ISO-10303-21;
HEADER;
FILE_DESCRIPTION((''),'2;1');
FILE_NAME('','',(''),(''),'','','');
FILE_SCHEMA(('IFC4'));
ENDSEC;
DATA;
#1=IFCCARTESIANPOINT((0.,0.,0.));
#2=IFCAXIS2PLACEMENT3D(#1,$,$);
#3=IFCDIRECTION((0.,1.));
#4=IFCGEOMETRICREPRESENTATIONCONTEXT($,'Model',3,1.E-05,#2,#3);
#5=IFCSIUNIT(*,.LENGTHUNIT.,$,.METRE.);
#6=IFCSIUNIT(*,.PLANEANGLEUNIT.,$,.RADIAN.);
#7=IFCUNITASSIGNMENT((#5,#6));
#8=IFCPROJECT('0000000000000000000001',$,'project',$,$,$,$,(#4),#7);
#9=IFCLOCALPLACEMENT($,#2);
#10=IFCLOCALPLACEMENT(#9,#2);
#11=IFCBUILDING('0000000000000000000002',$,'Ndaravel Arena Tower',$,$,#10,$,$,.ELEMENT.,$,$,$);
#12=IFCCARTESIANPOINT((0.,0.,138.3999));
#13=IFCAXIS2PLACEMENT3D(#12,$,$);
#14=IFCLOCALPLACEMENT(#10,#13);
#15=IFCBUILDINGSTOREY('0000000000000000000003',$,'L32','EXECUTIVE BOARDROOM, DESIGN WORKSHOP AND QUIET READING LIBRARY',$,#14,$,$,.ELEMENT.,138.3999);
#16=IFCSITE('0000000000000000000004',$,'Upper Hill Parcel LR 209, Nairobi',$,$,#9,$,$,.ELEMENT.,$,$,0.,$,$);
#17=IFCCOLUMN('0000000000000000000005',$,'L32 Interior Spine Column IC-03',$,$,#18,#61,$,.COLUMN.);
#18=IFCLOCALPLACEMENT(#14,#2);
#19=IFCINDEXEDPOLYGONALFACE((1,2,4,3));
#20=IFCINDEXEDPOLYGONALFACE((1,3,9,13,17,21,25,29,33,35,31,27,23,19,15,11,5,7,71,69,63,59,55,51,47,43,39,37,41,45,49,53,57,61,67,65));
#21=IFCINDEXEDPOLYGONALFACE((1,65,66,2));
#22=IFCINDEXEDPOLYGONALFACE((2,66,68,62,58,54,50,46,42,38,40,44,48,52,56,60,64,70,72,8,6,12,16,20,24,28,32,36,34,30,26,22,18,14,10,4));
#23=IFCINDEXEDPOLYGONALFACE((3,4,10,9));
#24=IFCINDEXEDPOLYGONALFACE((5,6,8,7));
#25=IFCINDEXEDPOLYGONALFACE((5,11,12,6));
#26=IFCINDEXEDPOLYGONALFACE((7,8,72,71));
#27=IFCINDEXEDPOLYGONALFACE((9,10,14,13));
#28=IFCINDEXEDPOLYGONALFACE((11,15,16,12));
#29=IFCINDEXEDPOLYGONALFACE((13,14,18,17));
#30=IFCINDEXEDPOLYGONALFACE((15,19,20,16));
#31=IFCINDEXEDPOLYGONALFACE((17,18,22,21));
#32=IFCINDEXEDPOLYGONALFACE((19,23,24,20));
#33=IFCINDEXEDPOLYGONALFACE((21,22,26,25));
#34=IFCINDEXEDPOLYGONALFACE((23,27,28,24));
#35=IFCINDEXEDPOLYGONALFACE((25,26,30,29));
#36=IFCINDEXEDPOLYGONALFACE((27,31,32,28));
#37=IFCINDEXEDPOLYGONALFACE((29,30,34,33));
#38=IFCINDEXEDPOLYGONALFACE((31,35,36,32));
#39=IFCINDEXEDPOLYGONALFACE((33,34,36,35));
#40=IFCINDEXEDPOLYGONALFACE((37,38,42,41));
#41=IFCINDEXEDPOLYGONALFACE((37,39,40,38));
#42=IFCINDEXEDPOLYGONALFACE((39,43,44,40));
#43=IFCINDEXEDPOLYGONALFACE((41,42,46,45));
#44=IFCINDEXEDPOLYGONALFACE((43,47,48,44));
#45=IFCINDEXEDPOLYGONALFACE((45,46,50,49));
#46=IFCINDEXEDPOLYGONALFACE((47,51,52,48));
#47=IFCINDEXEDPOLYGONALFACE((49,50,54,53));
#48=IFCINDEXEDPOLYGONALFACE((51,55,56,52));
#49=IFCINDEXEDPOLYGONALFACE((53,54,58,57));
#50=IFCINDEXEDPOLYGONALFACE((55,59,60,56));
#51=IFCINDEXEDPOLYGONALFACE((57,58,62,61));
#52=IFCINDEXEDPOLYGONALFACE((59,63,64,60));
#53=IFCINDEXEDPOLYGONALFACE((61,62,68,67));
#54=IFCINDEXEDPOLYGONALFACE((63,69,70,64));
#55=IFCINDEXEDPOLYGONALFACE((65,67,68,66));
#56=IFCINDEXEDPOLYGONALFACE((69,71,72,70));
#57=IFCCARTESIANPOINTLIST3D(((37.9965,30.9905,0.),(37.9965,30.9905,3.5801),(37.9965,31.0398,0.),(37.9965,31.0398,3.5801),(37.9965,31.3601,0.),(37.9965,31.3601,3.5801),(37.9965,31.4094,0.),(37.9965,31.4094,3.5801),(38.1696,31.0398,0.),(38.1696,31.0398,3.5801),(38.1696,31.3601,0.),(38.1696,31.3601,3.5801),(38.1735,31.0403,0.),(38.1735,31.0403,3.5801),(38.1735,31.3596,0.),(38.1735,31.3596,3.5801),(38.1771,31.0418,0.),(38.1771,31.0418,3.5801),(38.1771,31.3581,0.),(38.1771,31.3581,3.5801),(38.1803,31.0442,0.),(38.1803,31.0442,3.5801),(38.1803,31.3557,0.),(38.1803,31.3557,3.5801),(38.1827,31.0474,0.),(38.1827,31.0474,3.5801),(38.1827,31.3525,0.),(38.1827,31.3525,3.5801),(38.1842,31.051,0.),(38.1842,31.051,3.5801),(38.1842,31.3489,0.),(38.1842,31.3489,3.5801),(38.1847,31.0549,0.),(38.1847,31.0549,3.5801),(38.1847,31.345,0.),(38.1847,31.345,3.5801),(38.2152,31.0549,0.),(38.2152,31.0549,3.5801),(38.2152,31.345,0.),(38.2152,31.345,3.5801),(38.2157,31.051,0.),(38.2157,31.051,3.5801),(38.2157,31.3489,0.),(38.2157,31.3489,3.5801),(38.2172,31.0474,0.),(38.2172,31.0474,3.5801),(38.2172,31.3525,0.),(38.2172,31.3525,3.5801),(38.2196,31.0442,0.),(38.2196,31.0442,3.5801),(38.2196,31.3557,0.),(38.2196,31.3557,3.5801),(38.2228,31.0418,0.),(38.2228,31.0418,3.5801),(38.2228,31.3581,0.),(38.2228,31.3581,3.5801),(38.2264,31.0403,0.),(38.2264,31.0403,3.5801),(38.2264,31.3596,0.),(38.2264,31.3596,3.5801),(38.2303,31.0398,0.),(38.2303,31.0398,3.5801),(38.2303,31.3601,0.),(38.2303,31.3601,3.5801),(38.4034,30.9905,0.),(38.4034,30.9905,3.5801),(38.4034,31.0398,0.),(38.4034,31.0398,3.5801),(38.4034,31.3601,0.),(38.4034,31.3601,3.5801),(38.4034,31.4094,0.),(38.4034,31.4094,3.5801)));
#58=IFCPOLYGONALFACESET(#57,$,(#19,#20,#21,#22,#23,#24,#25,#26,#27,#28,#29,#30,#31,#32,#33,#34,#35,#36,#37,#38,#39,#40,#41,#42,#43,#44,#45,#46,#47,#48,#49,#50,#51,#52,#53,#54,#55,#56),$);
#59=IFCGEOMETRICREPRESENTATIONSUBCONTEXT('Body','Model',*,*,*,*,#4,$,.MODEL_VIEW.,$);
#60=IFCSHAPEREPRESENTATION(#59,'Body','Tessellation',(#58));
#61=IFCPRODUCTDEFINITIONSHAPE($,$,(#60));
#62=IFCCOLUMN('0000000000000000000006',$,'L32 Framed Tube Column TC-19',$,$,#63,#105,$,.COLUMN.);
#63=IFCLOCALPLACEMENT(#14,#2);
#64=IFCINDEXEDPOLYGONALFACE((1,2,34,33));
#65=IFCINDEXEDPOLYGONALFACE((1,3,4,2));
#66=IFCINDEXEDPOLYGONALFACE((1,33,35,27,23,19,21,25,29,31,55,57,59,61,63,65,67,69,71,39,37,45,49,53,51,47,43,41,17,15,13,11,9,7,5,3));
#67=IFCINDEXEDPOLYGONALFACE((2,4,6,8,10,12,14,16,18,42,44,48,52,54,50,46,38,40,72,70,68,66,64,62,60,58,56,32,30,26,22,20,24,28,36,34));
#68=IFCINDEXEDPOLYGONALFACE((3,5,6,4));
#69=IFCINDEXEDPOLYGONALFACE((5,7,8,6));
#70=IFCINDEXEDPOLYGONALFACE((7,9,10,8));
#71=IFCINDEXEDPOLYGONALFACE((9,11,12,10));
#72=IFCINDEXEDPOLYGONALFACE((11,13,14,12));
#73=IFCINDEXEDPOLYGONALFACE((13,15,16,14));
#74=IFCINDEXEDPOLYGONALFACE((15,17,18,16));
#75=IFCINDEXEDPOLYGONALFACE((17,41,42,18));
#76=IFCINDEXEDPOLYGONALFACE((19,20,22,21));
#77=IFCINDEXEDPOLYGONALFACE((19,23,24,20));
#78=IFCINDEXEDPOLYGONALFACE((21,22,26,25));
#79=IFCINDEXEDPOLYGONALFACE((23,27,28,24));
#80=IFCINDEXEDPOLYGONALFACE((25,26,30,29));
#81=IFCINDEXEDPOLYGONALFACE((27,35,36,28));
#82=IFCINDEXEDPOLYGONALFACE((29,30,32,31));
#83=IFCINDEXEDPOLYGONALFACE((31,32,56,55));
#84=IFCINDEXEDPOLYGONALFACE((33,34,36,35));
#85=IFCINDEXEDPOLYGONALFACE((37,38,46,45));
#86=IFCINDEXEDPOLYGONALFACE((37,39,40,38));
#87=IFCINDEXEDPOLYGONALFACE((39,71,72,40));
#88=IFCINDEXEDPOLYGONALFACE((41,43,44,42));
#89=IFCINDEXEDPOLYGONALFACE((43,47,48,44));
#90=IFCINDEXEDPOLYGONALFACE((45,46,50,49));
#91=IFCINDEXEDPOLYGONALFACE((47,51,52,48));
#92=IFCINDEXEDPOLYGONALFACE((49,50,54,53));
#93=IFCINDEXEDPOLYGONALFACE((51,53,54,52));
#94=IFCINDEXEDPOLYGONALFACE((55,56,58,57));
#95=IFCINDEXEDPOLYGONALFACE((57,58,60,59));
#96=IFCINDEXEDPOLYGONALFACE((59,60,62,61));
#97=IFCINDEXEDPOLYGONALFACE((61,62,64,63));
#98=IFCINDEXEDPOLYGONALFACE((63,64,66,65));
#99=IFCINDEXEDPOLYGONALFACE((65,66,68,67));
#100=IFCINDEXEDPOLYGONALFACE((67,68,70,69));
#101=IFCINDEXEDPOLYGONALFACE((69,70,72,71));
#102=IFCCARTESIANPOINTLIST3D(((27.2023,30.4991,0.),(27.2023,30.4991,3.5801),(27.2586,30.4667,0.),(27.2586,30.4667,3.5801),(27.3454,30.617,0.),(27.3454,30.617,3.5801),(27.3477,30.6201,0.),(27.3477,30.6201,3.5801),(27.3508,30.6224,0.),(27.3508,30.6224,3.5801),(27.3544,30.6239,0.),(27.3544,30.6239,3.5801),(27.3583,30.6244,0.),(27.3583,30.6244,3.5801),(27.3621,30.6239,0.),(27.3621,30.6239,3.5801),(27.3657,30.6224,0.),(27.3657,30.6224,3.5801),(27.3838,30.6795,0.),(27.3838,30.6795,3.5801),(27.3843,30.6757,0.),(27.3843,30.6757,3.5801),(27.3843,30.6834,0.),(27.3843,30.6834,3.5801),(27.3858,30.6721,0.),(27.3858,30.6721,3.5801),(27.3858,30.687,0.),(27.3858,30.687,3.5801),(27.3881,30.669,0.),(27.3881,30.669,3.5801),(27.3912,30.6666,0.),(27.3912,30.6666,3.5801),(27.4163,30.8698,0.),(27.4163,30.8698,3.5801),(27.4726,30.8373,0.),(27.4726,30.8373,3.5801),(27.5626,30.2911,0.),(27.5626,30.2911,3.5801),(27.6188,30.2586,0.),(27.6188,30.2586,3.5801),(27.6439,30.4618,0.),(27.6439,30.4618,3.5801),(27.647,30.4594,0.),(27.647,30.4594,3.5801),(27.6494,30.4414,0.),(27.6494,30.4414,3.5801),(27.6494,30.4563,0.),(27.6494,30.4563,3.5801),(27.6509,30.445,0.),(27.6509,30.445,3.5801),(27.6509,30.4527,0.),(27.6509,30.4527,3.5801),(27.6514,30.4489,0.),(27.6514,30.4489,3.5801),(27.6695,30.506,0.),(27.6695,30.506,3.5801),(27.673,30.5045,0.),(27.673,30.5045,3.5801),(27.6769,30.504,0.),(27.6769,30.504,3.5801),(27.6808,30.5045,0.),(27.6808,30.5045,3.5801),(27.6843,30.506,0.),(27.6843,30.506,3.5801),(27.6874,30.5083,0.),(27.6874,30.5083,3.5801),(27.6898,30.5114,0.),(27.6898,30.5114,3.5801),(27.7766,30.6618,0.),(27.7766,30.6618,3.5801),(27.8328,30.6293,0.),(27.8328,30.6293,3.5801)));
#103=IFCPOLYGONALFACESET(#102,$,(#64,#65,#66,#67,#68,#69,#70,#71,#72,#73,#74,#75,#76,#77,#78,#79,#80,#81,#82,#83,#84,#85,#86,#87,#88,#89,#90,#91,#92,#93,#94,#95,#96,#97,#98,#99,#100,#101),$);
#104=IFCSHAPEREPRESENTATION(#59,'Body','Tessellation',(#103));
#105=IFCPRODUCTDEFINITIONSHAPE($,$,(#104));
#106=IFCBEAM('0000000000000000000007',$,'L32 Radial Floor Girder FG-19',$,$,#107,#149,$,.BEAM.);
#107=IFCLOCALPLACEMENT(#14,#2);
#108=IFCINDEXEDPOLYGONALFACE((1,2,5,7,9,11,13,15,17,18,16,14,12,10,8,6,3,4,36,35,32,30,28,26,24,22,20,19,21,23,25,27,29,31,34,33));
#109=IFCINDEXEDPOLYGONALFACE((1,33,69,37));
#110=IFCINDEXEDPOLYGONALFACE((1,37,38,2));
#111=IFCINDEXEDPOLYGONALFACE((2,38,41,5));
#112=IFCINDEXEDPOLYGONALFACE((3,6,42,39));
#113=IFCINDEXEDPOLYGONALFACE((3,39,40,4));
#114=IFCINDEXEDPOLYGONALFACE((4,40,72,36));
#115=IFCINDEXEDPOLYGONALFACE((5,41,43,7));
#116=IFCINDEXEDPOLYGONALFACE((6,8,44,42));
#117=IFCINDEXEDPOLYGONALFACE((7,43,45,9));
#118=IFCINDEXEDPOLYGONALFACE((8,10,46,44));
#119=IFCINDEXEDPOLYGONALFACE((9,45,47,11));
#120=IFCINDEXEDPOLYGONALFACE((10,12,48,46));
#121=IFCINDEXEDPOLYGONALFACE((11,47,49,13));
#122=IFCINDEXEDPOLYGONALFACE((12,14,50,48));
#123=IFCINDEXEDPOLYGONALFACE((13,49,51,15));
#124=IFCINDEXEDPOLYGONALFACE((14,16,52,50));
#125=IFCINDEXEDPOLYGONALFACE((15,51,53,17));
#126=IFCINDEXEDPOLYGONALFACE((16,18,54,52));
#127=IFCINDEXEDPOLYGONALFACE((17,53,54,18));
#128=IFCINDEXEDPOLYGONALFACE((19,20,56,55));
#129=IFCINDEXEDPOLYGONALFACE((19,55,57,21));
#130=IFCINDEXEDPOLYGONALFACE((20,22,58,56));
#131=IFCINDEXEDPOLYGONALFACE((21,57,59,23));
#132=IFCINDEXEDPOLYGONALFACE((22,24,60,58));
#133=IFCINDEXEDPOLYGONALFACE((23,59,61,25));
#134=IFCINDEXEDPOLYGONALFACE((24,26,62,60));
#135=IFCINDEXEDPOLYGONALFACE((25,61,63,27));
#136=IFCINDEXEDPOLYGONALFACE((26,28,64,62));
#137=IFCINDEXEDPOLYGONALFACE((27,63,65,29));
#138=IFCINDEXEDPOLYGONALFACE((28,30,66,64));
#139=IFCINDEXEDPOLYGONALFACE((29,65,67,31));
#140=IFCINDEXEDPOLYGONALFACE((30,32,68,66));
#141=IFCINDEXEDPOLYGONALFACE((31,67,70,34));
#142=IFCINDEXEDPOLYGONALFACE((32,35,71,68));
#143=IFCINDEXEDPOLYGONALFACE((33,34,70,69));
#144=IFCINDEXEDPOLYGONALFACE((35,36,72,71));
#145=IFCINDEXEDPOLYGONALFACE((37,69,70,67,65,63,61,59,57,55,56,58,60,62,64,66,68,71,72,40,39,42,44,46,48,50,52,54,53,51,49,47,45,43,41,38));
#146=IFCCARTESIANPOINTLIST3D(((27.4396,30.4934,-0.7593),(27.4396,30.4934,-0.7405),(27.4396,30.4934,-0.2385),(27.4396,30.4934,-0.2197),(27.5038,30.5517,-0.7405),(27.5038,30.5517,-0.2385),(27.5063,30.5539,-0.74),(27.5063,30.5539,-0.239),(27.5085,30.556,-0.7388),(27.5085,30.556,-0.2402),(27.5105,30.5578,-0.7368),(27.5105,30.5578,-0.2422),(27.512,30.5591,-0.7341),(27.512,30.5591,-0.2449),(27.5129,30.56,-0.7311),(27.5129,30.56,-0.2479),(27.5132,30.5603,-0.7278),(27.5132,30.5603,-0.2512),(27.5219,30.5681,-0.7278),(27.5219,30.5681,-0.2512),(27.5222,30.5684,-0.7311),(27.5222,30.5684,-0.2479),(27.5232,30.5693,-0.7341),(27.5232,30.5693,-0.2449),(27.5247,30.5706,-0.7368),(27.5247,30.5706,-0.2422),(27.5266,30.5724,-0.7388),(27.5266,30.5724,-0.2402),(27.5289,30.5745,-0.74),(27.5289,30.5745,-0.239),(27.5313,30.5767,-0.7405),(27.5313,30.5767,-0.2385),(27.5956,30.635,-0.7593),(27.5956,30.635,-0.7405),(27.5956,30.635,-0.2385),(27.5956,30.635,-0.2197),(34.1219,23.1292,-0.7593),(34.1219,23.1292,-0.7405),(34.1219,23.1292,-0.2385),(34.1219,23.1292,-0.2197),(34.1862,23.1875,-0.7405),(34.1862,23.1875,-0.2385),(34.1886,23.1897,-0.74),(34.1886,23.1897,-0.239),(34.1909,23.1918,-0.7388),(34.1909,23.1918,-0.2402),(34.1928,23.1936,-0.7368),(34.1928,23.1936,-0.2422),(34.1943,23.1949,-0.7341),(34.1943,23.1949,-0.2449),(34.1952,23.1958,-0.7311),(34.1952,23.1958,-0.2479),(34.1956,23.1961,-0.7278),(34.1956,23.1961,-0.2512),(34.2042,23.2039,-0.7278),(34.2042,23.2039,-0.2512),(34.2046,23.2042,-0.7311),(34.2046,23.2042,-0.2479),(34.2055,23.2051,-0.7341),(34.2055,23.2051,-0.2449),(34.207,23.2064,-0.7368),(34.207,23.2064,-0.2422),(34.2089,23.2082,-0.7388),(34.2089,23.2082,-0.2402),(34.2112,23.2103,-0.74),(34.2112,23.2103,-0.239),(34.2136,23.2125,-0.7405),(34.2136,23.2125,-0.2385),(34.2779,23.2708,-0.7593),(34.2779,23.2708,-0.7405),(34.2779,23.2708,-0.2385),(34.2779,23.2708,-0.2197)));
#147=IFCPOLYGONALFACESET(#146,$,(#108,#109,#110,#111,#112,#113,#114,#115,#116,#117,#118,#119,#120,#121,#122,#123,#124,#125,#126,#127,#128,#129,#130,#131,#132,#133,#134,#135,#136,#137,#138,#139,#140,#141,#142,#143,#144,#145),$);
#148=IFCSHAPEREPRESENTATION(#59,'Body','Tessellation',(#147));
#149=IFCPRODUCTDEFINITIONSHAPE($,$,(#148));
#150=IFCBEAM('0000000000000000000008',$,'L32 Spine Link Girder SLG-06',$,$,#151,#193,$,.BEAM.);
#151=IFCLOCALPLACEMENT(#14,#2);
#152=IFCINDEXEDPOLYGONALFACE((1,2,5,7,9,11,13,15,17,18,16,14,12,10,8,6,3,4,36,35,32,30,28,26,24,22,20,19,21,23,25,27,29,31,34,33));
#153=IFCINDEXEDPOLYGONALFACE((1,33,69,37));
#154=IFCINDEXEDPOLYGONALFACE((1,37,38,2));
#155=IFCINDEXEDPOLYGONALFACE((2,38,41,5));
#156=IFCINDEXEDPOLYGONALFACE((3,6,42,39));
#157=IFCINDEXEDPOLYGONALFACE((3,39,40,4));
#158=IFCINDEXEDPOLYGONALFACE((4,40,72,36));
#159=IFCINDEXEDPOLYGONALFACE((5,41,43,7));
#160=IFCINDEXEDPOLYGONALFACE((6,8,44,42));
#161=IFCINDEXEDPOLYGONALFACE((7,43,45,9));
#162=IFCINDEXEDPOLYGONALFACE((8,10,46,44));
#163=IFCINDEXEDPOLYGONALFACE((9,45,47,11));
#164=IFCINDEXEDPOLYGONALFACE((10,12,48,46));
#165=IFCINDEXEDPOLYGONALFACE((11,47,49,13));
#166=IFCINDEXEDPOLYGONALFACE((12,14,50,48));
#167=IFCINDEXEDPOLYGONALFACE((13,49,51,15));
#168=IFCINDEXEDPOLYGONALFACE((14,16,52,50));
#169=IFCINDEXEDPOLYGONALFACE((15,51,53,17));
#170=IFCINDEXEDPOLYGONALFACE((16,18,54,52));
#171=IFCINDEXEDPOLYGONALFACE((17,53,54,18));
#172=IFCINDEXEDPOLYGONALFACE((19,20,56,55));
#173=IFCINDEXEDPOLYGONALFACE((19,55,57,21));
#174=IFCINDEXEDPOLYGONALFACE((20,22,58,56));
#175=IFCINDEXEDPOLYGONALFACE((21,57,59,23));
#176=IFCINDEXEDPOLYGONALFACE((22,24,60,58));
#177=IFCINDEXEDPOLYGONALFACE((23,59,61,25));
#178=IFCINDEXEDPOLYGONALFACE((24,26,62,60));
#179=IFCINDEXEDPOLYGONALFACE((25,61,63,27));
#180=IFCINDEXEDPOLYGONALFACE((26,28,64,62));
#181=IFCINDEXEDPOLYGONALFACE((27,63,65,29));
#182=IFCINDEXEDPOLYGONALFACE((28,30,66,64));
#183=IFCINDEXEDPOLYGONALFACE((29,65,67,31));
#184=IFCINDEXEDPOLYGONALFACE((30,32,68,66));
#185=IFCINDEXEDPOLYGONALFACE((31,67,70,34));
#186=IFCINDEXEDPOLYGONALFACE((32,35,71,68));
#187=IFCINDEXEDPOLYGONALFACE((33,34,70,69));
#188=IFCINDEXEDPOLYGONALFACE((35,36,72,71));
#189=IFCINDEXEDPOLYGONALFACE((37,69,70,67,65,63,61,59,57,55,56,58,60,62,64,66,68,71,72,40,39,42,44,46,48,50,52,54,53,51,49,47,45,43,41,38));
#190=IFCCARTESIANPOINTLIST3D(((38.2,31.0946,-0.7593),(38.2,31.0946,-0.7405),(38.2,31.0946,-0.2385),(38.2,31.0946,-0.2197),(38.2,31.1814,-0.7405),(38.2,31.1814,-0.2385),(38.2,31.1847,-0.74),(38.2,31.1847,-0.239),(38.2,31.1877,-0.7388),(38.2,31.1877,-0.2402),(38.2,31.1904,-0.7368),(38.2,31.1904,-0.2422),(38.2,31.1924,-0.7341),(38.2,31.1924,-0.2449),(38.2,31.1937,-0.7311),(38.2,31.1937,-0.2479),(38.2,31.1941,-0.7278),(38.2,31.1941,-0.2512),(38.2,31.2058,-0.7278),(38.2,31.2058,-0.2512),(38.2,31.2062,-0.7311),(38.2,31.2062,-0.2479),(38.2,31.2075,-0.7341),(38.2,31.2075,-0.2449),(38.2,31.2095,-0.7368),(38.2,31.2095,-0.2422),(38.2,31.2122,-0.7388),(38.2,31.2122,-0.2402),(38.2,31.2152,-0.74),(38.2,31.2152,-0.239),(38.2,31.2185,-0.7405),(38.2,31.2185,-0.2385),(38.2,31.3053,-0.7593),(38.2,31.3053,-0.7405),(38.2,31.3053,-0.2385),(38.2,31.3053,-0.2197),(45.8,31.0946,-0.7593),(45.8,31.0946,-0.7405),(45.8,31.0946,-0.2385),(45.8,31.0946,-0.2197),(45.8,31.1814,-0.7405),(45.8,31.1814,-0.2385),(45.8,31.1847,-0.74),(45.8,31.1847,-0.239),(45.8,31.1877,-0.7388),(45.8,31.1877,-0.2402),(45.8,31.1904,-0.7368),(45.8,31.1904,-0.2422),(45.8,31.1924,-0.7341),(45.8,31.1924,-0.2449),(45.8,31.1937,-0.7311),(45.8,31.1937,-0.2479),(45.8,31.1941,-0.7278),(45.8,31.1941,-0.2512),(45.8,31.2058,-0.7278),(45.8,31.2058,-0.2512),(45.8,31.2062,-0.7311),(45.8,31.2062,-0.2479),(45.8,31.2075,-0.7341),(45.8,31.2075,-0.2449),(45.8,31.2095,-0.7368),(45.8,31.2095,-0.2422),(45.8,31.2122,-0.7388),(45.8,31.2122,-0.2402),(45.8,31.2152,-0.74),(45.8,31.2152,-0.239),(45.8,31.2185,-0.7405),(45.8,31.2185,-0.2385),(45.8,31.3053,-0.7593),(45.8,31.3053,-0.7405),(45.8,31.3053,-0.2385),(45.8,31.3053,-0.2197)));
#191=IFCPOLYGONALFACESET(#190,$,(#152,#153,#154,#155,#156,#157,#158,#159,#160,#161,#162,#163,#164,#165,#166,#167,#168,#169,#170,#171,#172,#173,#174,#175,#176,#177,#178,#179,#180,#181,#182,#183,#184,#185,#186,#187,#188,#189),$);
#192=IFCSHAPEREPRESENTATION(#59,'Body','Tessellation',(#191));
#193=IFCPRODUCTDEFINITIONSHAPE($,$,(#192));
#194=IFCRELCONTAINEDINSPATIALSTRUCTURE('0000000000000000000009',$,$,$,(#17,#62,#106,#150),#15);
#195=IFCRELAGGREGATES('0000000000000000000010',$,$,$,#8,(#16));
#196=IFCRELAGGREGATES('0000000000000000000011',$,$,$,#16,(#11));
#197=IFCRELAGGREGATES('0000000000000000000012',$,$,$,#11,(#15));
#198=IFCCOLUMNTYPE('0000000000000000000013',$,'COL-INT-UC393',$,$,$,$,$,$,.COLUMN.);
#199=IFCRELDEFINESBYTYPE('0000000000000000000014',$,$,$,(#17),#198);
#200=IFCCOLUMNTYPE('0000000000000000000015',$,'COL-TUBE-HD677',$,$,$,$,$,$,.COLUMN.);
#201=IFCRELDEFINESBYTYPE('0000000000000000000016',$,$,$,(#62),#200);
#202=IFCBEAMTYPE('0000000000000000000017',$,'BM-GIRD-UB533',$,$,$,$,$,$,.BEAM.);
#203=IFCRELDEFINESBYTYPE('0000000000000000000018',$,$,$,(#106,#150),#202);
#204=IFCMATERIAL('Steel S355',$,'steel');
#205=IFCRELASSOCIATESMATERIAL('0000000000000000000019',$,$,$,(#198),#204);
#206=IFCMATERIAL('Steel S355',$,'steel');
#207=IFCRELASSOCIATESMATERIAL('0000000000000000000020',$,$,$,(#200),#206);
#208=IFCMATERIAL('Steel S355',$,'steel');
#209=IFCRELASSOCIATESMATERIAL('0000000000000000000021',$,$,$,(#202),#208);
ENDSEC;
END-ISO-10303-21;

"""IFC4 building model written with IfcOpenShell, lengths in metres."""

from ifc_helpers import new_model, si_unit, direction, frame, origin, origin_2d, place, context, subcontext, project, spatial, i_section, extrude, material, material_profile, profile_set, type_object, element, save


model = new_model("IFC4")

# Units and contexts
model_context = context("Model", 3, precision=1e-05, world=origin(), true_north=direction((0.0, 1.0)))
body_context = subcontext(model_context, "Body", "Model", "MODEL_VIEW")
ifc_project = project(units=[si_unit("LENGTHUNIT", "METRE"), si_unit("PLANEANGLEUNIT", "RADIAN")], contexts=[model_context])

# Site, building, storey
site_placement = place(None, origin())
site = spatial("IfcSite", under=ifc_project, at=site_placement, Name="Upper Hill Parcel LR 209, Nairobi", CompositionType="ELEMENT", RefElevation=0.0)
building_placement = place(site_placement, origin())
building = spatial("IfcBuilding", under=site, at=building_placement, Name="Ndaravel Arena Tower", CompositionType="ELEMENT")
storey_placement = place(building_placement, frame((0.0, 0.0, 138.3999)))
storey = spatial("IfcBuildingStorey", under=building, at=storey_placement, Name="L32", Description="EXECUTIVE BOARDROOM, DESIGN WORKSHOP AND QUIET READING LIBRARY", CompositionType="ELEMENT", Elevation=138.3999)

# Columns
ifc_material_1 = material(Name="Steel S355", Category="steel")
ifc_material_profile_1 = material_profile(ifc_material_1, i_section(OverallWidth=0.407, OverallDepth=0.4189, WebThickness=0.0305, FlangeThickness=0.0493, FilletRadius=0.0151, at=origin_2d()), Name="UC 356x406x393")
ifc_profile_set_1 = profile_set([ifc_material_profile_1], Name="Steel S355")
column_type_1 = type_object("IfcColumnType", Name="COL-INT-UC393", PredefinedType="COLUMN", material=ifc_profile_set_1)
column_1_placement = place(storey_placement, frame((38.2, 31.2, 0.0), z_axis=(0.0, 0.0, 1.0), x_axis=(1.0, 0.0, 0.0)))
element("IfcColumn", 1, at=column_1_placement, inside=storey, type_object=column_type_1, Name="L32 Interior Spine Column IC-03", PredefinedType="COLUMN", context=body_context, shape_type="SweptSolid", body=[
    extrude(i_section(OverallWidth=0.407, OverallDepth=0.4189, WebThickness=0.0305, FlangeThickness=0.0493, FilletRadius=0.0151, at=origin_2d()), origin(), (0.0, 0.0, 1.0), 3.5801),
])
ifc_material_2 = material(Name="Steel S355", Category="steel")
ifc_material_profile_2 = material_profile(ifc_material_2, i_section(OverallWidth=0.428, OverallDepth=0.481, WebThickness=0.051, FlangeThickness=0.0649, FilletRadius=0.0149, at=origin_2d()), Name="HD 400x677")
ifc_profile_set_2 = profile_set([ifc_material_profile_2], Name="Steel S355")
column_type_2 = type_object("IfcColumnType", Name="COL-TUBE-HD677", PredefinedType="COLUMN", material=ifc_profile_set_2)
column_2_placement = place(storey_placement, frame((27.5176, 30.5642, 0.0), z_axis=(0.0, 0.0, 1.0), x_axis=(0.5, 0.866025, 0.0)))
element("IfcColumn", 2, at=column_2_placement, inside=storey, type_object=column_type_2, Name="L32 Framed Tube Column TC-19", PredefinedType="COLUMN", context=body_context, shape_type="SweptSolid", body=[
    extrude(i_section(OverallWidth=0.428, OverallDepth=0.481, WebThickness=0.051, FlangeThickness=0.0649, FilletRadius=0.0149, at=origin_2d()), origin(), (0.0, 0.0, 1.0), 3.5801),
])

# Beams
ifc_material_3 = material(Name="Steel S355", Category="steel")
ifc_material_profile_3 = material_profile(ifc_material_3, i_section(OverallWidth=0.2107, OverallDepth=0.5396, WebThickness=0.0117, FlangeThickness=0.0188, FilletRadius=0.0127, at=origin_2d()), Name="UB 533x210x109")
ifc_profile_set_3 = profile_set([ifc_material_profile_3], Name="Steel S355")
beam_type_1 = type_object("IfcBeamType", Name="BM-GIRD-UB533", PredefinedType="BEAM", material=ifc_profile_set_3)
beam_1_placement = place(storey_placement, frame((27.5176, 30.5642, -0.4895), z_axis=(0.671989, -0.740561, 0.0), x_axis=(0.740561, 0.671989, 0.0)))
element("IfcBeam", 3, at=beam_1_placement, inside=storey, type_object=beam_type_1, Name="L32 Radial Floor Girder FG-19", PredefinedType="BEAM", context=body_context, shape_type="SweptSolid", body=[
    extrude(i_section(OverallWidth=0.2107, OverallDepth=0.5396, WebThickness=0.0117, FlangeThickness=0.0188, FilletRadius=0.0127, at=origin_2d()), origin(), (0.0, 0.0, 1.0), 9.9441),
])
beam_2_placement = place(storey_placement, frame((38.2, 31.2, -0.4895), z_axis=(1.0, 0.0, 0.0), x_axis=(0.0, 1.0, 0.0)))
element("IfcBeam", 4, at=beam_2_placement, inside=storey, type_object=beam_type_1, Name="L32 Spine Link Girder SLG-06", PredefinedType="BEAM", context=body_context, shape_type="SweptSolid", body=[
    extrude(i_section(OverallWidth=0.2107, OverallDepth=0.5396, WebThickness=0.0117, FlangeThickness=0.0188, FilletRadius=0.0127, at=origin_2d()), origin(), (0.0, 0.0, 1.0), 7.6001),
])

save(model, "model.ifc")
